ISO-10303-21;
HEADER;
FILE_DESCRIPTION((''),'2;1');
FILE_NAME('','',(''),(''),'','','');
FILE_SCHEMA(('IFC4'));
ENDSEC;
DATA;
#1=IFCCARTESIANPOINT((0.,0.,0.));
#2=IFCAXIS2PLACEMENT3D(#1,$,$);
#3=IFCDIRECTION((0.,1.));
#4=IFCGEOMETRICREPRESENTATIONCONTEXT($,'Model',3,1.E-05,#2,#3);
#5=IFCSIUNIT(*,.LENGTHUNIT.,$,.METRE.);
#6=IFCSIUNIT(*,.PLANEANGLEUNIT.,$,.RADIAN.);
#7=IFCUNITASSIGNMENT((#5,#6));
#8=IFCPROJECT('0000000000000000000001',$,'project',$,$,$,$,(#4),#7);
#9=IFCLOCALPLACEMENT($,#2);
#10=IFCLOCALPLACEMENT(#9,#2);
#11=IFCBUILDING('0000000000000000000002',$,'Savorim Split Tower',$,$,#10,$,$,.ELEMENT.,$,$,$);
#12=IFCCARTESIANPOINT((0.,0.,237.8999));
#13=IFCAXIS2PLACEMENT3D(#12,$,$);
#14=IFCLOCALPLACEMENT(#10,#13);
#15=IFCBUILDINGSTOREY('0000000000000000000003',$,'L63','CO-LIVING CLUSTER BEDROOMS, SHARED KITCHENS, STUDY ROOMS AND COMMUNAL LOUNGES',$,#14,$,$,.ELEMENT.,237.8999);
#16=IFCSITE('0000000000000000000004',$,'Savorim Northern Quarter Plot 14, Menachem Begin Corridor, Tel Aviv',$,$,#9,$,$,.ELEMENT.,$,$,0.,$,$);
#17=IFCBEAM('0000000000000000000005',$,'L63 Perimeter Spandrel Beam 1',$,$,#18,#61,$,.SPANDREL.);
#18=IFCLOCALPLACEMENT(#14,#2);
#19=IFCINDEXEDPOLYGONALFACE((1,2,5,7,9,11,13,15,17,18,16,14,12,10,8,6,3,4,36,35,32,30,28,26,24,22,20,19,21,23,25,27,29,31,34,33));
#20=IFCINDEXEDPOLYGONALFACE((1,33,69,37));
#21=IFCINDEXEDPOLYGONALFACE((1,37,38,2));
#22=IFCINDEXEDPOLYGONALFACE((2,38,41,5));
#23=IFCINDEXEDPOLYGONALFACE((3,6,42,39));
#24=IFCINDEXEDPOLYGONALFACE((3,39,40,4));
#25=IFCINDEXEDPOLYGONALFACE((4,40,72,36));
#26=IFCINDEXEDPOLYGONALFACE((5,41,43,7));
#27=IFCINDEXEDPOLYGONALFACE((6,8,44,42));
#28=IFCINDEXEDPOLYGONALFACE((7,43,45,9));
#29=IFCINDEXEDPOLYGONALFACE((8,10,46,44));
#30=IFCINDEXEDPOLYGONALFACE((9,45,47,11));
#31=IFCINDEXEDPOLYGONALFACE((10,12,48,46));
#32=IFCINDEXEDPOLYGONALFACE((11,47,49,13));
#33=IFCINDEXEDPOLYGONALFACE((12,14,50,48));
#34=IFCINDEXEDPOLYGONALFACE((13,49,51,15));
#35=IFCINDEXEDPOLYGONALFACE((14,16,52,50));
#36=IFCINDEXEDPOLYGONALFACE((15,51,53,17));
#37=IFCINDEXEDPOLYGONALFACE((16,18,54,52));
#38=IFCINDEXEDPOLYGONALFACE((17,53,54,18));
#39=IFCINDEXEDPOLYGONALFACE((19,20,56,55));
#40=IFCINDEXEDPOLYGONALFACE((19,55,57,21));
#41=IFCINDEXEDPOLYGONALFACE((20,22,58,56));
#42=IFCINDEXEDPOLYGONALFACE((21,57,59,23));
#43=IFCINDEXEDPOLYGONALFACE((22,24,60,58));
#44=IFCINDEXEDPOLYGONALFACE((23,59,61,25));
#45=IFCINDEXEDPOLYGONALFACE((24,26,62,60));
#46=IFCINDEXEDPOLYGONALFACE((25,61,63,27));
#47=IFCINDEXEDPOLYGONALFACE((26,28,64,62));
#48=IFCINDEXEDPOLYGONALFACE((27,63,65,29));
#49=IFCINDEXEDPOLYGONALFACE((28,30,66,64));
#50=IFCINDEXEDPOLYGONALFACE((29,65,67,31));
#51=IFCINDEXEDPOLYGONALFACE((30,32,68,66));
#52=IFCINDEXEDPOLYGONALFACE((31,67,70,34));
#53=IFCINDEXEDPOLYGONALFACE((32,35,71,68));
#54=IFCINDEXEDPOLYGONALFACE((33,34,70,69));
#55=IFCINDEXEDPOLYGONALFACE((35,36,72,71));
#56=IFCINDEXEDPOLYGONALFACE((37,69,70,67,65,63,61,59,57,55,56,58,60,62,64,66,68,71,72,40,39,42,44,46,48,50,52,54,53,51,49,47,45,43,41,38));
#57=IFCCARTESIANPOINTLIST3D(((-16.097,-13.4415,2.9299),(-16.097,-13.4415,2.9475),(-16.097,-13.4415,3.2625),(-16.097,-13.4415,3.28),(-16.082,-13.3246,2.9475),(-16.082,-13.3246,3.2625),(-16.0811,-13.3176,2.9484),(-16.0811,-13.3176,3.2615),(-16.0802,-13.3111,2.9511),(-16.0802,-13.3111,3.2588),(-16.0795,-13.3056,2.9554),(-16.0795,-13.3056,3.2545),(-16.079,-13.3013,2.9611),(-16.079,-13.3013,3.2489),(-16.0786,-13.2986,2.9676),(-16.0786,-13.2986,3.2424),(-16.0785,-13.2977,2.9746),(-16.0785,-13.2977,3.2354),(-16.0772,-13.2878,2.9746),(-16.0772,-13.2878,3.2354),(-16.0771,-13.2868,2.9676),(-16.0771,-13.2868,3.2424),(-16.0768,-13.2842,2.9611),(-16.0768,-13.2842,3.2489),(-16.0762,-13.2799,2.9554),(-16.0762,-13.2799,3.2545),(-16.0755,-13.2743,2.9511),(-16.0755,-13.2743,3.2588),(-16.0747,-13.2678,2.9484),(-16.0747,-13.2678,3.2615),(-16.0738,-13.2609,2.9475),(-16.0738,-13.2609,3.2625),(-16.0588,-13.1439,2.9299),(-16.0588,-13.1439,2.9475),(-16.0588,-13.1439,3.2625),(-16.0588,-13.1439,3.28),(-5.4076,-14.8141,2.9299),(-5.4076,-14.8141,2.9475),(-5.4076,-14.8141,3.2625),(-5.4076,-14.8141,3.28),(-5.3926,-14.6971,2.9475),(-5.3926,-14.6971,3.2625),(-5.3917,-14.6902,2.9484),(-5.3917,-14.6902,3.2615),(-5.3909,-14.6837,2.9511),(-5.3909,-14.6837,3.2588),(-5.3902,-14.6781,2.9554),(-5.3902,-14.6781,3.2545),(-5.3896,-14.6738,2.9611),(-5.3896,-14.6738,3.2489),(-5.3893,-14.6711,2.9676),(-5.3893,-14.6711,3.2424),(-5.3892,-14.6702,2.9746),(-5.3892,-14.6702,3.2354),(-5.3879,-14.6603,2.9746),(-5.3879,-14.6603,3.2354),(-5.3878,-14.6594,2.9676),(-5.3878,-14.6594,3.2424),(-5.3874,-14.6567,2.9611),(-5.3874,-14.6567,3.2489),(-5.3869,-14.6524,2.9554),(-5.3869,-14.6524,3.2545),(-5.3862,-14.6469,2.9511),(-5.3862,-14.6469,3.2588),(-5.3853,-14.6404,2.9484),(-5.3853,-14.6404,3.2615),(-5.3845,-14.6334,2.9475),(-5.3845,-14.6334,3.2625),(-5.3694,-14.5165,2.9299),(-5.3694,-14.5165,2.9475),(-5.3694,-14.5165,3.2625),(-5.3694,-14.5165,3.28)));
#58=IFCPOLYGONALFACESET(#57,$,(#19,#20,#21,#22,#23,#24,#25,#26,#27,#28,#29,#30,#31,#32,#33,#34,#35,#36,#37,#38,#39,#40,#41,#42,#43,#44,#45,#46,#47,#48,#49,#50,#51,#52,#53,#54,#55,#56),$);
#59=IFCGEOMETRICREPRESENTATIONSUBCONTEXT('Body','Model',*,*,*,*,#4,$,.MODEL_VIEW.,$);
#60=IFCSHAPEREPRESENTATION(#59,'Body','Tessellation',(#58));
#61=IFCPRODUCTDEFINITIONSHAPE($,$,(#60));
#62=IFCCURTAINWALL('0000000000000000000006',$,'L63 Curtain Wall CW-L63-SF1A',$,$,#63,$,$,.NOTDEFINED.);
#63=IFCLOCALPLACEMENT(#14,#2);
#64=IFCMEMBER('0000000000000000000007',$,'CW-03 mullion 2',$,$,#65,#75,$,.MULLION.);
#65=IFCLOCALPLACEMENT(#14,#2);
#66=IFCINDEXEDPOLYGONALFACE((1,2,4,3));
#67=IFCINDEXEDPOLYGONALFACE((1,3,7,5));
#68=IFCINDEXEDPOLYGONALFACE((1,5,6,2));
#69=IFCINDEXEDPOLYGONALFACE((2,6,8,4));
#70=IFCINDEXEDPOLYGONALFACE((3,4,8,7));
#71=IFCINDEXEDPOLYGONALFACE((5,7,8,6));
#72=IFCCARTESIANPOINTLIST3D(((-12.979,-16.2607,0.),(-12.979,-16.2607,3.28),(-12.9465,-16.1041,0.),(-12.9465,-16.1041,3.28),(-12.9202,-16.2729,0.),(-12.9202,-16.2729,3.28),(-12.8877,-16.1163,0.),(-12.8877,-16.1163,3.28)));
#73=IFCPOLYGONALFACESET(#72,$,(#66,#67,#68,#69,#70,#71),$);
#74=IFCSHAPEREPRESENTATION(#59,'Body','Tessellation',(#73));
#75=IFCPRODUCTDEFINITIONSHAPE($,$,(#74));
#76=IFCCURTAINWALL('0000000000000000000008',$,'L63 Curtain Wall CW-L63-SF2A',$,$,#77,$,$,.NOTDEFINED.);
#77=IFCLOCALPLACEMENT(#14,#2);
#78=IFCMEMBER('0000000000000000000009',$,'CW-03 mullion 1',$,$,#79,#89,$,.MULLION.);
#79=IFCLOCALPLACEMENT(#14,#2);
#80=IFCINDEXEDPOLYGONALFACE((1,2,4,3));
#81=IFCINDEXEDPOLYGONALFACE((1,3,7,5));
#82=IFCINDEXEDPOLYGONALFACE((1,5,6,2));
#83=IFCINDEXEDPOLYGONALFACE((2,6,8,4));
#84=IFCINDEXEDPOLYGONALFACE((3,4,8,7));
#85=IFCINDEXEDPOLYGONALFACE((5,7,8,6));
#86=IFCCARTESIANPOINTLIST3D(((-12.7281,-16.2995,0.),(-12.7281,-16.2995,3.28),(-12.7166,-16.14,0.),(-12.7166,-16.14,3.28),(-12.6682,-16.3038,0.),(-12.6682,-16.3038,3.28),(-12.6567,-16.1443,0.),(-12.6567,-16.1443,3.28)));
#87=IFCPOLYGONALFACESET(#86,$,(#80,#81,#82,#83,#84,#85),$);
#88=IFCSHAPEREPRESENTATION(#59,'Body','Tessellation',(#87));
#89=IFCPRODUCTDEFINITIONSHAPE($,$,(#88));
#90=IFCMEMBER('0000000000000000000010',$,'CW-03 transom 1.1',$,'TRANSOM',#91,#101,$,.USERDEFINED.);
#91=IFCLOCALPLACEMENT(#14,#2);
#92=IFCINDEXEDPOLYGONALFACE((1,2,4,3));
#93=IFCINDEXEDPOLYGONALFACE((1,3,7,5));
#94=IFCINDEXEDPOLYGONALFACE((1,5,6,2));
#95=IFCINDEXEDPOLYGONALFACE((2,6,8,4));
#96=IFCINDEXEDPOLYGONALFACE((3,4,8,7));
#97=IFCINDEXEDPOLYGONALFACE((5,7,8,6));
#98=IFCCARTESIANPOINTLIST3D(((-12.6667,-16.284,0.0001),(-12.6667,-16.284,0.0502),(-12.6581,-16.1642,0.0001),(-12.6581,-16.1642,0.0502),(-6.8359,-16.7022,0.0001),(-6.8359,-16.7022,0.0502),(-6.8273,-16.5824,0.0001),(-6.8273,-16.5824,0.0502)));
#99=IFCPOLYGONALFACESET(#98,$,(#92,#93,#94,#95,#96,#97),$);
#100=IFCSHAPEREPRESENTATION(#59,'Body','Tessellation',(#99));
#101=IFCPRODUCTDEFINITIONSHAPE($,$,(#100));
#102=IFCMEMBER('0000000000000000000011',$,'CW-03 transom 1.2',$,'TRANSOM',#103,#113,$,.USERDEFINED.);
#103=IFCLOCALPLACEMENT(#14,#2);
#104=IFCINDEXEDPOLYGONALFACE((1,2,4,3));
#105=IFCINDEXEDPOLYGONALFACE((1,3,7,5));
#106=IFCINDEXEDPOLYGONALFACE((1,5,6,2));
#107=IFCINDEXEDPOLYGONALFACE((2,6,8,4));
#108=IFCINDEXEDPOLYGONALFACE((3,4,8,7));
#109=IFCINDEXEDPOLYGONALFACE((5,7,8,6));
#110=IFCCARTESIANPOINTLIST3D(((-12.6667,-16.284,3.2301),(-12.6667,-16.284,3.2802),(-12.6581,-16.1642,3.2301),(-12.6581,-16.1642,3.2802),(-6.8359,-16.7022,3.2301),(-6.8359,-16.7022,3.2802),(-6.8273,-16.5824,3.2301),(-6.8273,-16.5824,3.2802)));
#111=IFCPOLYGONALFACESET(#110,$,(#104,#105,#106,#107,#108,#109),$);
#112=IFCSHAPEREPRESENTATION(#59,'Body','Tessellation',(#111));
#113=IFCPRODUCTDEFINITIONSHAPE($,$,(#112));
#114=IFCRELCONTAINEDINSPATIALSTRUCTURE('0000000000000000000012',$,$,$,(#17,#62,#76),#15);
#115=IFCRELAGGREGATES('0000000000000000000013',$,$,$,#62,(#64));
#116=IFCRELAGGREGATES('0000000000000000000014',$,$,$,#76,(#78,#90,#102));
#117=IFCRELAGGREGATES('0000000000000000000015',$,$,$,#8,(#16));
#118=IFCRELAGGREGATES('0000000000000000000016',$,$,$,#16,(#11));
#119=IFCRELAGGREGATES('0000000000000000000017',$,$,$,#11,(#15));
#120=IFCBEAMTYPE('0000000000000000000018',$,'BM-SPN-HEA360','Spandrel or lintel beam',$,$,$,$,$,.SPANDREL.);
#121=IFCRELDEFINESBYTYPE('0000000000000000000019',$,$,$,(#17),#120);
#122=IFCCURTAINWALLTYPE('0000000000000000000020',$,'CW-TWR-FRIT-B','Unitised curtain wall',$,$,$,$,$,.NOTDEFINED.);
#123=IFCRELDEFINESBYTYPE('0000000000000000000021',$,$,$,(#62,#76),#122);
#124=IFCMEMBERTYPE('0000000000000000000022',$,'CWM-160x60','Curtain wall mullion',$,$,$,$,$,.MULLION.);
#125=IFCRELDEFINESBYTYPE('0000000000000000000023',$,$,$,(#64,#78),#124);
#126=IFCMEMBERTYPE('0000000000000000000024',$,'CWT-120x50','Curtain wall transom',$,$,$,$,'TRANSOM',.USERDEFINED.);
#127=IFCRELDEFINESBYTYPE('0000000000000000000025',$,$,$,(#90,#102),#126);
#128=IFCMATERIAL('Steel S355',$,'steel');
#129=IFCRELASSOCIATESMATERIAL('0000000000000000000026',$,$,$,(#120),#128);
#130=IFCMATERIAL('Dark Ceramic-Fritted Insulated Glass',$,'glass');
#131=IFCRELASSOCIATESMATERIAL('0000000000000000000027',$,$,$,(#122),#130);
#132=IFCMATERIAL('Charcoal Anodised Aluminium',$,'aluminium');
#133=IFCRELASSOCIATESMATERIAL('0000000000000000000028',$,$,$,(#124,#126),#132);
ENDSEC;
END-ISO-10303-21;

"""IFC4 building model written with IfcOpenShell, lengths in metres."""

from ifc_helpers import new_model, si_unit, direction, frame, origin, origin_2d, place, context, subcontext, project, spatial, rectangle, i_section, extrude, material, material_profile, profile_set, type_object, element, aggregate, save


model = new_model("IFC4")

# Units and contexts
model_context = context("Model", 3, precision=1e-05, world=origin(), true_north=direction((0.0, 1.0)))
body_context = subcontext(model_context, "Body", "Model", "MODEL_VIEW")
ifc_project = project(units=[si_unit("LENGTHUNIT", "METRE"), si_unit("PLANEANGLEUNIT", "RADIAN")], contexts=[model_context])

# Site, building, storey
site_placement = place(None, origin())
site = spatial("IfcSite", under=ifc_project, at=site_placement, Name="Savorim Northern Quarter Plot 14, Menachem Begin Corridor, Tel Aviv", CompositionType="ELEMENT", RefElevation=0.0)
building_placement = place(site_placement, origin())
building = spatial("IfcBuilding", under=site, at=building_placement, Name="Savorim Split Tower", CompositionType="ELEMENT")
storey_placement = place(building_placement, frame((0.0, 0.0, 237.8999)))
storey = spatial("IfcBuildingStorey", under=building, at=storey_placement, Name="L63", Description="CO-LIVING CLUSTER BEDROOMS, SHARED KITCHENS, STUDY ROOMS AND COMMUNAL LOUNGES", CompositionType="ELEMENT", Elevation=237.8999)

# Beam
ifc_material_1 = material(Name="Steel S355", Category="steel")
ifc_material_profile_1 = material_profile(ifc_material_1, i_section(OverallWidth=0.3, OverallDepth=0.3501, WebThickness=0.01, FlangeThickness=0.0176, FilletRadius=0.0271, at=origin_2d()), Name="HEA 360")
ifc_profile_set_1 = profile_set([ifc_material_profile_1], Name="Steel S355")
beam_type_1 = type_object("IfcBeamType", Name="BM-SPN-HEA360", Description="Spandrel or lintel beam", PredefinedType="SPANDREL", material=ifc_profile_set_1)
beam_1_placement = place(storey_placement, frame((-16.0779, -13.2927, 3.105), z_axis=(0.991857, -0.127357, 0.0), x_axis=(0.127357, 0.991857, 0.0)))
element("IfcBeam", 1, at=beam_1_placement, inside=storey, type_object=beam_type_1, Name="L63 Perimeter Spandrel Beam 1", PredefinedType="SPANDREL", context=body_context, shape_type="SweptSolid", body=[
    extrude(i_section(OverallWidth=0.3, OverallDepth=0.3501, WebThickness=0.01, FlangeThickness=0.0176, FilletRadius=0.0271, at=origin_2d()), origin(), (0.0, 0.0, 1.0), 10.7771),
])

# Curtain wall, member
ifc_material_2 = material(Name="Dark Ceramic-Fritted Insulated Glass", Category="glass")
curtain_wall_type = type_object("IfcCurtainWallType", Name="CW-TWR-FRIT-B", Description="Unitised curtain wall", PredefinedType="NOTDEFINED", material=ifc_material_2)
curtain_wall_1_placement = place(storey_placement, origin())
curtain_wall_1 = element("IfcCurtainWall", 2, at=curtain_wall_1_placement, inside=storey, type_object=curtain_wall_type, Name="L63 Curtain Wall CW-L63-SF1A", PredefinedType="NOTDEFINED")
ifc_material_3 = material(Name="Charcoal Anodised Aluminium", Category="aluminium")
ifc_material_profile_2 = material_profile(ifc_material_3, rectangle(XDim=0.1599, YDim=0.0601, at=origin_2d()), Name="ALU-M 160x60")
ifc_profile_set_2 = profile_set([ifc_material_profile_2], Name="Charcoal Anodised Aluminium")
member_type_1 = type_object("IfcMemberType", Name="CWM-160x60", Description="Curtain wall mullion", PredefinedType="MULLION", material=ifc_profile_set_2)
member_1_placement = place(storey_placement, frame((-12.9333, -16.1885, 0.0), z_axis=(0.0, 0.0, 1.0), x_axis=(0.203215, 0.979134, 0.0)))
member_1 = element("IfcMember", 3, at=member_1_placement, type_object=member_type_1, Name="CW-03 mullion 2", PredefinedType="MULLION", context=body_context, shape_type="SweptSolid", body=[
    extrude(rectangle(XDim=0.1599, YDim=0.0601, at=origin_2d()), origin(), (0.0, 0.0, 1.0), 3.28),
])
aggregate(curtain_wall_1, [member_1])

# Curtain wall, members
curtain_wall_2_placement = place(storey_placement, origin())
curtain_wall_2 = element("IfcCurtainWall", 4, at=curtain_wall_2_placement, inside=storey, type_object=curtain_wall_type, Name="L63 Curtain Wall CW-L63-SF2A", PredefinedType="NOTDEFINED")
member_2_placement = place(storey_placement, frame((-12.6924, -16.2219, 0.0), z_axis=(0.0, 0.0, 1.0), x_axis=(0.071558, 0.997436, 0.0)))
member_2 = element("IfcMember", 5, at=member_2_placement, type_object=member_type_1, Name="CW-03 mullion 1", PredefinedType="MULLION", context=body_context, shape_type="SweptSolid", body=[
    extrude(rectangle(XDim=0.1599, YDim=0.0601, at=origin_2d()), origin(), (0.0, 0.0, 1.0), 3.28),
])
ifc_material_profile_3 = material_profile(ifc_material_3, rectangle(XDim=0.1201, YDim=0.05, at=origin_2d()), Name="ALU-T 120x50")
ifc_profile_set_3 = profile_set([ifc_material_profile_3], Name="Charcoal Anodised Aluminium")
member_type_2 = type_object("IfcMemberType", Name="CWT-120x50", Description="Curtain wall transom", ElementType="TRANSOM", PredefinedType="USERDEFINED", material=ifc_profile_set_3)
member_3_placement = place(storey_placement, frame((-12.6624, -16.2241, 0.0251), z_axis=(0.997438, -0.071541, 0.0), x_axis=(0.071541, 0.997438, 0.0)))
member_3 = element("IfcMember", 6, at=member_3_placement, type_object=member_type_2, Name="CW-03 transom 1.1", ObjectType="TRANSOM", PredefinedType="USERDEFINED", context=body_context, shape_type="SweptSolid", body=[
    extrude(rectangle(XDim=0.1201, YDim=0.05, at=origin_2d()), origin(), (0.0, 0.0, 1.0), 5.8457),
])
member_4_placement = place(storey_placement, frame((-12.6624, -16.2241, 3.2551), z_axis=(0.997438, -0.071541, 0.0), x_axis=(0.071541, 0.997438, 0.0)))
member_4 = element("IfcMember", 7, at=member_4_placement, type_object=member_type_2, Name="CW-03 transom 1.2", ObjectType="TRANSOM", PredefinedType="USERDEFINED", context=body_context, shape_type="SweptSolid", body=[
    extrude(rectangle(XDim=0.1201, YDim=0.05, at=origin_2d()), origin(), (0.0, 0.0, 1.0), 5.8457),
])
aggregate(curtain_wall_2, [member_2, member_3, member_4])

save(model, "model.ifc")
